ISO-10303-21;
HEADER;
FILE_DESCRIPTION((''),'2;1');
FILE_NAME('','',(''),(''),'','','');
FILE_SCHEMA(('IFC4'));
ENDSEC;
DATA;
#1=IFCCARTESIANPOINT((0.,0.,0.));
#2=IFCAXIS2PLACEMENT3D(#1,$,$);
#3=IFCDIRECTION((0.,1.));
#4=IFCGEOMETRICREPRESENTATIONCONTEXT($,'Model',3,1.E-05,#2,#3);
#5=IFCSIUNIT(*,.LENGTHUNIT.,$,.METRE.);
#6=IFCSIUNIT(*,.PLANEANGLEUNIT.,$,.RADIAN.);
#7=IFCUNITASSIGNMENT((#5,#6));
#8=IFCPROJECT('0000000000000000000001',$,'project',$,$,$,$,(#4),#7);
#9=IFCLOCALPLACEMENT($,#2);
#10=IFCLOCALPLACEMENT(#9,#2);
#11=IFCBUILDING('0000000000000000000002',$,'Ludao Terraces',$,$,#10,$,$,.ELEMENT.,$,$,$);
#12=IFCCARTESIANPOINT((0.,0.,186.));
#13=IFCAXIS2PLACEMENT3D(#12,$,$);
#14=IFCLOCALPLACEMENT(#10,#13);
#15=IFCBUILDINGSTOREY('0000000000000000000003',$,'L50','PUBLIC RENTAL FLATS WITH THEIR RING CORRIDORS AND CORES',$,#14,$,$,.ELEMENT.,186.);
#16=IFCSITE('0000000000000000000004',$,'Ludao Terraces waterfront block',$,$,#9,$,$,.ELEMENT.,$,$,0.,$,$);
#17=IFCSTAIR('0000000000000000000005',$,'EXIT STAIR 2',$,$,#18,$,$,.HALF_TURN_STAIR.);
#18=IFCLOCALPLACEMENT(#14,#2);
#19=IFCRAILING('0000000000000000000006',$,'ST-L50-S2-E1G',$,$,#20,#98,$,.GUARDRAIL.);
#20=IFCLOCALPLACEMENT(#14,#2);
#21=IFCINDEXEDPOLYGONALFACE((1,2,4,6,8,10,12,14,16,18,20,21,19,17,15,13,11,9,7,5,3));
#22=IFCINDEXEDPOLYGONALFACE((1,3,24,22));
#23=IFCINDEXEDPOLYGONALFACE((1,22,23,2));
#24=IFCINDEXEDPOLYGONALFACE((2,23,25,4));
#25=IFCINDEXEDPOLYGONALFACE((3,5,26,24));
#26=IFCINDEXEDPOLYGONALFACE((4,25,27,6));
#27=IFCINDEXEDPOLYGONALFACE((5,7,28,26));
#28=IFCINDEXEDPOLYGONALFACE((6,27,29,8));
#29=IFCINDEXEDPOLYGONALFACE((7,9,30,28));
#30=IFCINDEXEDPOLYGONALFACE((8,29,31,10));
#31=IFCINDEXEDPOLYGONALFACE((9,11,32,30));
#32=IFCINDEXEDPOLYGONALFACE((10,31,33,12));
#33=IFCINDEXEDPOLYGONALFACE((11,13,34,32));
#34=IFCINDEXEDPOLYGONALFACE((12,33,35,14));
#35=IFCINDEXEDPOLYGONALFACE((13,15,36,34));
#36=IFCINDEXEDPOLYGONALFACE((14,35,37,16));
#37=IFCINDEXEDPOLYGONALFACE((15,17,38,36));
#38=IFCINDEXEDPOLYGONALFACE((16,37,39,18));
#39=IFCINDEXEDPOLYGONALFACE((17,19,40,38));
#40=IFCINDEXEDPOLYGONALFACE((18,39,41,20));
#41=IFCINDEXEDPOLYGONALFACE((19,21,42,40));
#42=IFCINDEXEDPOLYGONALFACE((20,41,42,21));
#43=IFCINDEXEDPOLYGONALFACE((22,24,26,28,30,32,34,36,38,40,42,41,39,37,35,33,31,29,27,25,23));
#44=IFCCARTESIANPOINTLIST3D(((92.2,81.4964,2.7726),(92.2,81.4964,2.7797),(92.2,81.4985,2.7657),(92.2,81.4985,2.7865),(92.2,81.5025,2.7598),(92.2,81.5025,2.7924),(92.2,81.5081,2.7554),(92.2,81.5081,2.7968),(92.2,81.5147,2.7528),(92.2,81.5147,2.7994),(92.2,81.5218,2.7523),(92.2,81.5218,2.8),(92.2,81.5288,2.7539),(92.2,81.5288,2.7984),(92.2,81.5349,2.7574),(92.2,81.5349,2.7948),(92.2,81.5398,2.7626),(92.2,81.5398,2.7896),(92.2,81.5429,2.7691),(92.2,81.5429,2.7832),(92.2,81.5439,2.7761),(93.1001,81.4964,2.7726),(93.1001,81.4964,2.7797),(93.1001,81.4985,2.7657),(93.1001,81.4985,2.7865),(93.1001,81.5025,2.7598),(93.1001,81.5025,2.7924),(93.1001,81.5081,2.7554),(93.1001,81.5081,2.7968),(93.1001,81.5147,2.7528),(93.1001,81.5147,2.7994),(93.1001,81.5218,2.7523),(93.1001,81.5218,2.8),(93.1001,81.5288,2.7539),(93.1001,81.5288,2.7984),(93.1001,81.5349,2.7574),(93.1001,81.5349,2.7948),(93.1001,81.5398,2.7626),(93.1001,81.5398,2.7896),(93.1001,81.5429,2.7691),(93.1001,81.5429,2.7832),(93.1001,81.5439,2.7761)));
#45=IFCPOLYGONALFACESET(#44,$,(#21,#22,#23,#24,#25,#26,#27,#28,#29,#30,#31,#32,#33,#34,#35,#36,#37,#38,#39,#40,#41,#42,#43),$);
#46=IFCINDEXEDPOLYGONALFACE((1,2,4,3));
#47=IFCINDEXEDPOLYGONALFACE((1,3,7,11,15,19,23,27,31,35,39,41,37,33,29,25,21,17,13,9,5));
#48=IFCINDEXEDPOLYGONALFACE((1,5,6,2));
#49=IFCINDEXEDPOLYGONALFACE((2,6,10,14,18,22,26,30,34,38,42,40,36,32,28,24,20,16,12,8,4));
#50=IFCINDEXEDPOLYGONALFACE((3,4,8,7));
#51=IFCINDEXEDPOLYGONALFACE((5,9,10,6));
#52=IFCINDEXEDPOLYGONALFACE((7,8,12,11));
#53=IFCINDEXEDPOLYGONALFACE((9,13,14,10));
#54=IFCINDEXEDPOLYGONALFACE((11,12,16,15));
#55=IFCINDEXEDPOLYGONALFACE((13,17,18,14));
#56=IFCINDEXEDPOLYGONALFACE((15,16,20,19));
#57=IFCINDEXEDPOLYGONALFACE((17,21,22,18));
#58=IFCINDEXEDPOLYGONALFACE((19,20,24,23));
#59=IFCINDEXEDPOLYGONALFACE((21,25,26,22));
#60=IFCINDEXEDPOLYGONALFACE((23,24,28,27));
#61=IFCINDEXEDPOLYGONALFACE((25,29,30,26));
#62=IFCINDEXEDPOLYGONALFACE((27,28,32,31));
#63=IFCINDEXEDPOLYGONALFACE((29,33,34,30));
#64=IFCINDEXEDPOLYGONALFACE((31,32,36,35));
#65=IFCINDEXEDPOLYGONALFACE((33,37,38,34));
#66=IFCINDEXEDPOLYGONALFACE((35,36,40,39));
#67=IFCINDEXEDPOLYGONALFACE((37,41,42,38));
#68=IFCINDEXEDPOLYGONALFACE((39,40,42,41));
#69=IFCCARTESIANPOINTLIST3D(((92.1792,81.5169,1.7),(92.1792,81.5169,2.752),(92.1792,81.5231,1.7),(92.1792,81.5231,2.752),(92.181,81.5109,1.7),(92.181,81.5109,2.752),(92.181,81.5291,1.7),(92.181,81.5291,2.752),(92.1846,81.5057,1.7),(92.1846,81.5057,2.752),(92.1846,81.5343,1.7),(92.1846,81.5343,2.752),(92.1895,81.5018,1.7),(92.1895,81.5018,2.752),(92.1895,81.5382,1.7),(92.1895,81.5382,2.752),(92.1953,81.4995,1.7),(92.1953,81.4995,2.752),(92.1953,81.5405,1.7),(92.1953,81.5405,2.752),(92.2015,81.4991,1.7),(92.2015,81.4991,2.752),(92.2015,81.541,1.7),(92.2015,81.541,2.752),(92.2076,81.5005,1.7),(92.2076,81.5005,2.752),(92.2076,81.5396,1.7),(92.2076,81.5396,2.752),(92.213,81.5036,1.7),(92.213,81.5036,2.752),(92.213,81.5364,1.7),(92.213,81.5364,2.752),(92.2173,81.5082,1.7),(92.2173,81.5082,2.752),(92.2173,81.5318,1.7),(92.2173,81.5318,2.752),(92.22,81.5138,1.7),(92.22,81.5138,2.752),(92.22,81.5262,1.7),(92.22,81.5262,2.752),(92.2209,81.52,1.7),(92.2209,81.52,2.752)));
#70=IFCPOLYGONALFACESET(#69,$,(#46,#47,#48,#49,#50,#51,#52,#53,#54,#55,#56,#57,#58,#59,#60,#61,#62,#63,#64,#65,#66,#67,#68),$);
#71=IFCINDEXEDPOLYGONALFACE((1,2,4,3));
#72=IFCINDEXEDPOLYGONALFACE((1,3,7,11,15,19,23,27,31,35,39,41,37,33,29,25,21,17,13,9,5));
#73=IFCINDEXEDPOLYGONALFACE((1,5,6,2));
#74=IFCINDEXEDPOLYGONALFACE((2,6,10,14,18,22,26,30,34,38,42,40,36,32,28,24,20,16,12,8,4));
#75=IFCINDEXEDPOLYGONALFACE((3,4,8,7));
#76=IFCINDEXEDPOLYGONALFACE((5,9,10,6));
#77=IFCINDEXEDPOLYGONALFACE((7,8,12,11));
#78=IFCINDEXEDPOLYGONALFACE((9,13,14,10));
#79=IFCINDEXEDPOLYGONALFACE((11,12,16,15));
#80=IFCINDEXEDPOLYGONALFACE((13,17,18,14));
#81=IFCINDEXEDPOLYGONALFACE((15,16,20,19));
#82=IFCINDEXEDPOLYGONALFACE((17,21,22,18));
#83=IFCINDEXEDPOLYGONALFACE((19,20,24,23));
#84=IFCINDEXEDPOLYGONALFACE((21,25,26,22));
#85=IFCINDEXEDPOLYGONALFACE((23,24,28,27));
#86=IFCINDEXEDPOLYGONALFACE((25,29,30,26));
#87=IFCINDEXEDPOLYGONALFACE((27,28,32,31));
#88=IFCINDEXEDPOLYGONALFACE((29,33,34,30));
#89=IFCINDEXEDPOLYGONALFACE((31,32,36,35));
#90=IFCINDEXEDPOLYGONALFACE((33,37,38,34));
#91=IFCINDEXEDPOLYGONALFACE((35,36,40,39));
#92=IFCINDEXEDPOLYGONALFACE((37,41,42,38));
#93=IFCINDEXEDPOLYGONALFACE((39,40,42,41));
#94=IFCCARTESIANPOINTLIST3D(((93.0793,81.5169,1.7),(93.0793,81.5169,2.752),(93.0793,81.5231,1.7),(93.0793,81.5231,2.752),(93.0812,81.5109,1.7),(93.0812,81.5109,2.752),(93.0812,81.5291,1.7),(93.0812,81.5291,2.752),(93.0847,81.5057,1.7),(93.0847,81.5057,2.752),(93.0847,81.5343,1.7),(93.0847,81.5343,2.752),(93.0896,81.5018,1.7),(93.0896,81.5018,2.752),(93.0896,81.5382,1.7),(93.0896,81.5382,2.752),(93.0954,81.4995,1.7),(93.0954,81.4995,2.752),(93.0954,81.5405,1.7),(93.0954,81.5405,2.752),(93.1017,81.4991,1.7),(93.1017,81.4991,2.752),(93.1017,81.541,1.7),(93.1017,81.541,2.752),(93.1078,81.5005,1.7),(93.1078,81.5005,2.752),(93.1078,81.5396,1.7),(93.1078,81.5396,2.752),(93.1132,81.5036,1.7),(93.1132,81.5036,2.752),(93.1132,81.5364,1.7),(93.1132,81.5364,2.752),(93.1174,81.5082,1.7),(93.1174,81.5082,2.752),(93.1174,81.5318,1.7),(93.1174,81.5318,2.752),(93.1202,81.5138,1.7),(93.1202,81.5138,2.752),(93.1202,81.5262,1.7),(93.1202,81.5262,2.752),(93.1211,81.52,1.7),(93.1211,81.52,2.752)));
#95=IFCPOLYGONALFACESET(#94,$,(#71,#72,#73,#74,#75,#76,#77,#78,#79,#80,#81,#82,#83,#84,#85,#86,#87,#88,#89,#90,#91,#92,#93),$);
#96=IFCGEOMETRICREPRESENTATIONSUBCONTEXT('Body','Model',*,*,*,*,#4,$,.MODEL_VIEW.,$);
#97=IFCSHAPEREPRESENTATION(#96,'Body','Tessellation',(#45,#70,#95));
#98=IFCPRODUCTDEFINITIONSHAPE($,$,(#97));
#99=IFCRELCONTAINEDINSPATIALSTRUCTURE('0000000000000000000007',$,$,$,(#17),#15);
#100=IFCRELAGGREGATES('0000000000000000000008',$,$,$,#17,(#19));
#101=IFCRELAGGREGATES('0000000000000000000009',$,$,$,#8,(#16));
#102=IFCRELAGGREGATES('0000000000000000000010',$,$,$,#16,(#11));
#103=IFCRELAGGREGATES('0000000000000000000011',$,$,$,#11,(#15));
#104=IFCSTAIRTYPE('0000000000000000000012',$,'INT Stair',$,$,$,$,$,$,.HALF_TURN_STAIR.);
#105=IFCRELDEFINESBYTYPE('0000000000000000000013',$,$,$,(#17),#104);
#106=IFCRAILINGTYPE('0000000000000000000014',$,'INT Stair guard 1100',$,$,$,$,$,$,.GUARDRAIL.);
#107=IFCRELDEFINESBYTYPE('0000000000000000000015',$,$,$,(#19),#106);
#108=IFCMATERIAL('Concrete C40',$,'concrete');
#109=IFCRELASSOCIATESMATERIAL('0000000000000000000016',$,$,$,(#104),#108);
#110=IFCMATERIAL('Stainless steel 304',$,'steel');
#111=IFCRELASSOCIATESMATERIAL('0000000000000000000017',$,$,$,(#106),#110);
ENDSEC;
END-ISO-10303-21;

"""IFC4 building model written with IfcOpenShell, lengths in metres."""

from ifc_helpers import new_model, si_unit, direction, frame, origin, origin_2d, place, context, subcontext, project, spatial, circle, extrude, material, type_object, element, aggregate, save


model = new_model("IFC4")

# Units and contexts
model_context = context("Model", 3, precision=1e-05, world=origin(), true_north=direction((0.0, 1.0)))
body_context = subcontext(model_context, "Body", "Model", "MODEL_VIEW")
ifc_project = project(units=[si_unit("LENGTHUNIT", "METRE"), si_unit("PLANEANGLEUNIT", "RADIAN")], contexts=[model_context])

# Site, building, storey
site_placement = place(None, origin())
site = spatial("IfcSite", under=ifc_project, at=site_placement, Name="Ludao Terraces waterfront block", CompositionType="ELEMENT", RefElevation=0.0)
building_placement = place(site_placement, origin())
building = spatial("IfcBuilding", under=site, at=building_placement, Name="Ludao Terraces", CompositionType="ELEMENT")
storey_placement = place(building_placement, frame((0.0, 0.0, 186.0)))
storey = spatial("IfcBuildingStorey", under=building, at=storey_placement, Name="L50", Description="PUBLIC RENTAL FLATS WITH THEIR RING CORRIDORS AND CORES", CompositionType="ELEMENT", Elevation=186.0)

# Shared definitions
ifc_material_1 = material(Name="Stainless steel 304", Category="steel")

# Stair, railing
ifc_material_2 = material(Name="Concrete C40", Category="concrete")
stair_type = type_object("IfcStairType", Name="INT Stair", PredefinedType="HALF_TURN_STAIR", material=ifc_material_2)
stair_placement = place(storey_placement, origin())
stair = element("IfcStair", 1, at=stair_placement, inside=storey, type_object=stair_type, Name="EXIT STAIR 2", PredefinedType="HALF_TURN_STAIR")
railing_type_1 = type_object("IfcRailingType", Name="INT Stair guard 1100", PredefinedType="GUARDRAIL", material=ifc_material_1)
railing_1_placement = place(storey_placement, frame((92.2, 81.52, 1.7)))
railing_1 = element("IfcRailing", 2, at=railing_1_placement, type_object=railing_type_1, Name="ST-L50-S2-E1G", PredefinedType="GUARDRAIL", context=body_context, shape_type="SweptSolid", body=[
    extrude(circle(Radius=0.0239, at=origin_2d()), frame((0.0, 0.0, 1.0762), z_axis=(1.0, 0.0, 0.0), x_axis=(0.0, 1.0, 0.0)), (0.0, 0.0, 1.0), 0.9001),
    extrude(circle(Radius=0.021, at=origin_2d()), origin(), (0.0, 0.0, 1.0), 1.052),
    extrude(circle(Radius=0.021, at=origin_2d()), frame((0.9001, 0.0, 0.0)), (0.0, 0.0, 1.0), 1.052),
])
aggregate(stair, [railing_1])

save(model, "model.ifc")
